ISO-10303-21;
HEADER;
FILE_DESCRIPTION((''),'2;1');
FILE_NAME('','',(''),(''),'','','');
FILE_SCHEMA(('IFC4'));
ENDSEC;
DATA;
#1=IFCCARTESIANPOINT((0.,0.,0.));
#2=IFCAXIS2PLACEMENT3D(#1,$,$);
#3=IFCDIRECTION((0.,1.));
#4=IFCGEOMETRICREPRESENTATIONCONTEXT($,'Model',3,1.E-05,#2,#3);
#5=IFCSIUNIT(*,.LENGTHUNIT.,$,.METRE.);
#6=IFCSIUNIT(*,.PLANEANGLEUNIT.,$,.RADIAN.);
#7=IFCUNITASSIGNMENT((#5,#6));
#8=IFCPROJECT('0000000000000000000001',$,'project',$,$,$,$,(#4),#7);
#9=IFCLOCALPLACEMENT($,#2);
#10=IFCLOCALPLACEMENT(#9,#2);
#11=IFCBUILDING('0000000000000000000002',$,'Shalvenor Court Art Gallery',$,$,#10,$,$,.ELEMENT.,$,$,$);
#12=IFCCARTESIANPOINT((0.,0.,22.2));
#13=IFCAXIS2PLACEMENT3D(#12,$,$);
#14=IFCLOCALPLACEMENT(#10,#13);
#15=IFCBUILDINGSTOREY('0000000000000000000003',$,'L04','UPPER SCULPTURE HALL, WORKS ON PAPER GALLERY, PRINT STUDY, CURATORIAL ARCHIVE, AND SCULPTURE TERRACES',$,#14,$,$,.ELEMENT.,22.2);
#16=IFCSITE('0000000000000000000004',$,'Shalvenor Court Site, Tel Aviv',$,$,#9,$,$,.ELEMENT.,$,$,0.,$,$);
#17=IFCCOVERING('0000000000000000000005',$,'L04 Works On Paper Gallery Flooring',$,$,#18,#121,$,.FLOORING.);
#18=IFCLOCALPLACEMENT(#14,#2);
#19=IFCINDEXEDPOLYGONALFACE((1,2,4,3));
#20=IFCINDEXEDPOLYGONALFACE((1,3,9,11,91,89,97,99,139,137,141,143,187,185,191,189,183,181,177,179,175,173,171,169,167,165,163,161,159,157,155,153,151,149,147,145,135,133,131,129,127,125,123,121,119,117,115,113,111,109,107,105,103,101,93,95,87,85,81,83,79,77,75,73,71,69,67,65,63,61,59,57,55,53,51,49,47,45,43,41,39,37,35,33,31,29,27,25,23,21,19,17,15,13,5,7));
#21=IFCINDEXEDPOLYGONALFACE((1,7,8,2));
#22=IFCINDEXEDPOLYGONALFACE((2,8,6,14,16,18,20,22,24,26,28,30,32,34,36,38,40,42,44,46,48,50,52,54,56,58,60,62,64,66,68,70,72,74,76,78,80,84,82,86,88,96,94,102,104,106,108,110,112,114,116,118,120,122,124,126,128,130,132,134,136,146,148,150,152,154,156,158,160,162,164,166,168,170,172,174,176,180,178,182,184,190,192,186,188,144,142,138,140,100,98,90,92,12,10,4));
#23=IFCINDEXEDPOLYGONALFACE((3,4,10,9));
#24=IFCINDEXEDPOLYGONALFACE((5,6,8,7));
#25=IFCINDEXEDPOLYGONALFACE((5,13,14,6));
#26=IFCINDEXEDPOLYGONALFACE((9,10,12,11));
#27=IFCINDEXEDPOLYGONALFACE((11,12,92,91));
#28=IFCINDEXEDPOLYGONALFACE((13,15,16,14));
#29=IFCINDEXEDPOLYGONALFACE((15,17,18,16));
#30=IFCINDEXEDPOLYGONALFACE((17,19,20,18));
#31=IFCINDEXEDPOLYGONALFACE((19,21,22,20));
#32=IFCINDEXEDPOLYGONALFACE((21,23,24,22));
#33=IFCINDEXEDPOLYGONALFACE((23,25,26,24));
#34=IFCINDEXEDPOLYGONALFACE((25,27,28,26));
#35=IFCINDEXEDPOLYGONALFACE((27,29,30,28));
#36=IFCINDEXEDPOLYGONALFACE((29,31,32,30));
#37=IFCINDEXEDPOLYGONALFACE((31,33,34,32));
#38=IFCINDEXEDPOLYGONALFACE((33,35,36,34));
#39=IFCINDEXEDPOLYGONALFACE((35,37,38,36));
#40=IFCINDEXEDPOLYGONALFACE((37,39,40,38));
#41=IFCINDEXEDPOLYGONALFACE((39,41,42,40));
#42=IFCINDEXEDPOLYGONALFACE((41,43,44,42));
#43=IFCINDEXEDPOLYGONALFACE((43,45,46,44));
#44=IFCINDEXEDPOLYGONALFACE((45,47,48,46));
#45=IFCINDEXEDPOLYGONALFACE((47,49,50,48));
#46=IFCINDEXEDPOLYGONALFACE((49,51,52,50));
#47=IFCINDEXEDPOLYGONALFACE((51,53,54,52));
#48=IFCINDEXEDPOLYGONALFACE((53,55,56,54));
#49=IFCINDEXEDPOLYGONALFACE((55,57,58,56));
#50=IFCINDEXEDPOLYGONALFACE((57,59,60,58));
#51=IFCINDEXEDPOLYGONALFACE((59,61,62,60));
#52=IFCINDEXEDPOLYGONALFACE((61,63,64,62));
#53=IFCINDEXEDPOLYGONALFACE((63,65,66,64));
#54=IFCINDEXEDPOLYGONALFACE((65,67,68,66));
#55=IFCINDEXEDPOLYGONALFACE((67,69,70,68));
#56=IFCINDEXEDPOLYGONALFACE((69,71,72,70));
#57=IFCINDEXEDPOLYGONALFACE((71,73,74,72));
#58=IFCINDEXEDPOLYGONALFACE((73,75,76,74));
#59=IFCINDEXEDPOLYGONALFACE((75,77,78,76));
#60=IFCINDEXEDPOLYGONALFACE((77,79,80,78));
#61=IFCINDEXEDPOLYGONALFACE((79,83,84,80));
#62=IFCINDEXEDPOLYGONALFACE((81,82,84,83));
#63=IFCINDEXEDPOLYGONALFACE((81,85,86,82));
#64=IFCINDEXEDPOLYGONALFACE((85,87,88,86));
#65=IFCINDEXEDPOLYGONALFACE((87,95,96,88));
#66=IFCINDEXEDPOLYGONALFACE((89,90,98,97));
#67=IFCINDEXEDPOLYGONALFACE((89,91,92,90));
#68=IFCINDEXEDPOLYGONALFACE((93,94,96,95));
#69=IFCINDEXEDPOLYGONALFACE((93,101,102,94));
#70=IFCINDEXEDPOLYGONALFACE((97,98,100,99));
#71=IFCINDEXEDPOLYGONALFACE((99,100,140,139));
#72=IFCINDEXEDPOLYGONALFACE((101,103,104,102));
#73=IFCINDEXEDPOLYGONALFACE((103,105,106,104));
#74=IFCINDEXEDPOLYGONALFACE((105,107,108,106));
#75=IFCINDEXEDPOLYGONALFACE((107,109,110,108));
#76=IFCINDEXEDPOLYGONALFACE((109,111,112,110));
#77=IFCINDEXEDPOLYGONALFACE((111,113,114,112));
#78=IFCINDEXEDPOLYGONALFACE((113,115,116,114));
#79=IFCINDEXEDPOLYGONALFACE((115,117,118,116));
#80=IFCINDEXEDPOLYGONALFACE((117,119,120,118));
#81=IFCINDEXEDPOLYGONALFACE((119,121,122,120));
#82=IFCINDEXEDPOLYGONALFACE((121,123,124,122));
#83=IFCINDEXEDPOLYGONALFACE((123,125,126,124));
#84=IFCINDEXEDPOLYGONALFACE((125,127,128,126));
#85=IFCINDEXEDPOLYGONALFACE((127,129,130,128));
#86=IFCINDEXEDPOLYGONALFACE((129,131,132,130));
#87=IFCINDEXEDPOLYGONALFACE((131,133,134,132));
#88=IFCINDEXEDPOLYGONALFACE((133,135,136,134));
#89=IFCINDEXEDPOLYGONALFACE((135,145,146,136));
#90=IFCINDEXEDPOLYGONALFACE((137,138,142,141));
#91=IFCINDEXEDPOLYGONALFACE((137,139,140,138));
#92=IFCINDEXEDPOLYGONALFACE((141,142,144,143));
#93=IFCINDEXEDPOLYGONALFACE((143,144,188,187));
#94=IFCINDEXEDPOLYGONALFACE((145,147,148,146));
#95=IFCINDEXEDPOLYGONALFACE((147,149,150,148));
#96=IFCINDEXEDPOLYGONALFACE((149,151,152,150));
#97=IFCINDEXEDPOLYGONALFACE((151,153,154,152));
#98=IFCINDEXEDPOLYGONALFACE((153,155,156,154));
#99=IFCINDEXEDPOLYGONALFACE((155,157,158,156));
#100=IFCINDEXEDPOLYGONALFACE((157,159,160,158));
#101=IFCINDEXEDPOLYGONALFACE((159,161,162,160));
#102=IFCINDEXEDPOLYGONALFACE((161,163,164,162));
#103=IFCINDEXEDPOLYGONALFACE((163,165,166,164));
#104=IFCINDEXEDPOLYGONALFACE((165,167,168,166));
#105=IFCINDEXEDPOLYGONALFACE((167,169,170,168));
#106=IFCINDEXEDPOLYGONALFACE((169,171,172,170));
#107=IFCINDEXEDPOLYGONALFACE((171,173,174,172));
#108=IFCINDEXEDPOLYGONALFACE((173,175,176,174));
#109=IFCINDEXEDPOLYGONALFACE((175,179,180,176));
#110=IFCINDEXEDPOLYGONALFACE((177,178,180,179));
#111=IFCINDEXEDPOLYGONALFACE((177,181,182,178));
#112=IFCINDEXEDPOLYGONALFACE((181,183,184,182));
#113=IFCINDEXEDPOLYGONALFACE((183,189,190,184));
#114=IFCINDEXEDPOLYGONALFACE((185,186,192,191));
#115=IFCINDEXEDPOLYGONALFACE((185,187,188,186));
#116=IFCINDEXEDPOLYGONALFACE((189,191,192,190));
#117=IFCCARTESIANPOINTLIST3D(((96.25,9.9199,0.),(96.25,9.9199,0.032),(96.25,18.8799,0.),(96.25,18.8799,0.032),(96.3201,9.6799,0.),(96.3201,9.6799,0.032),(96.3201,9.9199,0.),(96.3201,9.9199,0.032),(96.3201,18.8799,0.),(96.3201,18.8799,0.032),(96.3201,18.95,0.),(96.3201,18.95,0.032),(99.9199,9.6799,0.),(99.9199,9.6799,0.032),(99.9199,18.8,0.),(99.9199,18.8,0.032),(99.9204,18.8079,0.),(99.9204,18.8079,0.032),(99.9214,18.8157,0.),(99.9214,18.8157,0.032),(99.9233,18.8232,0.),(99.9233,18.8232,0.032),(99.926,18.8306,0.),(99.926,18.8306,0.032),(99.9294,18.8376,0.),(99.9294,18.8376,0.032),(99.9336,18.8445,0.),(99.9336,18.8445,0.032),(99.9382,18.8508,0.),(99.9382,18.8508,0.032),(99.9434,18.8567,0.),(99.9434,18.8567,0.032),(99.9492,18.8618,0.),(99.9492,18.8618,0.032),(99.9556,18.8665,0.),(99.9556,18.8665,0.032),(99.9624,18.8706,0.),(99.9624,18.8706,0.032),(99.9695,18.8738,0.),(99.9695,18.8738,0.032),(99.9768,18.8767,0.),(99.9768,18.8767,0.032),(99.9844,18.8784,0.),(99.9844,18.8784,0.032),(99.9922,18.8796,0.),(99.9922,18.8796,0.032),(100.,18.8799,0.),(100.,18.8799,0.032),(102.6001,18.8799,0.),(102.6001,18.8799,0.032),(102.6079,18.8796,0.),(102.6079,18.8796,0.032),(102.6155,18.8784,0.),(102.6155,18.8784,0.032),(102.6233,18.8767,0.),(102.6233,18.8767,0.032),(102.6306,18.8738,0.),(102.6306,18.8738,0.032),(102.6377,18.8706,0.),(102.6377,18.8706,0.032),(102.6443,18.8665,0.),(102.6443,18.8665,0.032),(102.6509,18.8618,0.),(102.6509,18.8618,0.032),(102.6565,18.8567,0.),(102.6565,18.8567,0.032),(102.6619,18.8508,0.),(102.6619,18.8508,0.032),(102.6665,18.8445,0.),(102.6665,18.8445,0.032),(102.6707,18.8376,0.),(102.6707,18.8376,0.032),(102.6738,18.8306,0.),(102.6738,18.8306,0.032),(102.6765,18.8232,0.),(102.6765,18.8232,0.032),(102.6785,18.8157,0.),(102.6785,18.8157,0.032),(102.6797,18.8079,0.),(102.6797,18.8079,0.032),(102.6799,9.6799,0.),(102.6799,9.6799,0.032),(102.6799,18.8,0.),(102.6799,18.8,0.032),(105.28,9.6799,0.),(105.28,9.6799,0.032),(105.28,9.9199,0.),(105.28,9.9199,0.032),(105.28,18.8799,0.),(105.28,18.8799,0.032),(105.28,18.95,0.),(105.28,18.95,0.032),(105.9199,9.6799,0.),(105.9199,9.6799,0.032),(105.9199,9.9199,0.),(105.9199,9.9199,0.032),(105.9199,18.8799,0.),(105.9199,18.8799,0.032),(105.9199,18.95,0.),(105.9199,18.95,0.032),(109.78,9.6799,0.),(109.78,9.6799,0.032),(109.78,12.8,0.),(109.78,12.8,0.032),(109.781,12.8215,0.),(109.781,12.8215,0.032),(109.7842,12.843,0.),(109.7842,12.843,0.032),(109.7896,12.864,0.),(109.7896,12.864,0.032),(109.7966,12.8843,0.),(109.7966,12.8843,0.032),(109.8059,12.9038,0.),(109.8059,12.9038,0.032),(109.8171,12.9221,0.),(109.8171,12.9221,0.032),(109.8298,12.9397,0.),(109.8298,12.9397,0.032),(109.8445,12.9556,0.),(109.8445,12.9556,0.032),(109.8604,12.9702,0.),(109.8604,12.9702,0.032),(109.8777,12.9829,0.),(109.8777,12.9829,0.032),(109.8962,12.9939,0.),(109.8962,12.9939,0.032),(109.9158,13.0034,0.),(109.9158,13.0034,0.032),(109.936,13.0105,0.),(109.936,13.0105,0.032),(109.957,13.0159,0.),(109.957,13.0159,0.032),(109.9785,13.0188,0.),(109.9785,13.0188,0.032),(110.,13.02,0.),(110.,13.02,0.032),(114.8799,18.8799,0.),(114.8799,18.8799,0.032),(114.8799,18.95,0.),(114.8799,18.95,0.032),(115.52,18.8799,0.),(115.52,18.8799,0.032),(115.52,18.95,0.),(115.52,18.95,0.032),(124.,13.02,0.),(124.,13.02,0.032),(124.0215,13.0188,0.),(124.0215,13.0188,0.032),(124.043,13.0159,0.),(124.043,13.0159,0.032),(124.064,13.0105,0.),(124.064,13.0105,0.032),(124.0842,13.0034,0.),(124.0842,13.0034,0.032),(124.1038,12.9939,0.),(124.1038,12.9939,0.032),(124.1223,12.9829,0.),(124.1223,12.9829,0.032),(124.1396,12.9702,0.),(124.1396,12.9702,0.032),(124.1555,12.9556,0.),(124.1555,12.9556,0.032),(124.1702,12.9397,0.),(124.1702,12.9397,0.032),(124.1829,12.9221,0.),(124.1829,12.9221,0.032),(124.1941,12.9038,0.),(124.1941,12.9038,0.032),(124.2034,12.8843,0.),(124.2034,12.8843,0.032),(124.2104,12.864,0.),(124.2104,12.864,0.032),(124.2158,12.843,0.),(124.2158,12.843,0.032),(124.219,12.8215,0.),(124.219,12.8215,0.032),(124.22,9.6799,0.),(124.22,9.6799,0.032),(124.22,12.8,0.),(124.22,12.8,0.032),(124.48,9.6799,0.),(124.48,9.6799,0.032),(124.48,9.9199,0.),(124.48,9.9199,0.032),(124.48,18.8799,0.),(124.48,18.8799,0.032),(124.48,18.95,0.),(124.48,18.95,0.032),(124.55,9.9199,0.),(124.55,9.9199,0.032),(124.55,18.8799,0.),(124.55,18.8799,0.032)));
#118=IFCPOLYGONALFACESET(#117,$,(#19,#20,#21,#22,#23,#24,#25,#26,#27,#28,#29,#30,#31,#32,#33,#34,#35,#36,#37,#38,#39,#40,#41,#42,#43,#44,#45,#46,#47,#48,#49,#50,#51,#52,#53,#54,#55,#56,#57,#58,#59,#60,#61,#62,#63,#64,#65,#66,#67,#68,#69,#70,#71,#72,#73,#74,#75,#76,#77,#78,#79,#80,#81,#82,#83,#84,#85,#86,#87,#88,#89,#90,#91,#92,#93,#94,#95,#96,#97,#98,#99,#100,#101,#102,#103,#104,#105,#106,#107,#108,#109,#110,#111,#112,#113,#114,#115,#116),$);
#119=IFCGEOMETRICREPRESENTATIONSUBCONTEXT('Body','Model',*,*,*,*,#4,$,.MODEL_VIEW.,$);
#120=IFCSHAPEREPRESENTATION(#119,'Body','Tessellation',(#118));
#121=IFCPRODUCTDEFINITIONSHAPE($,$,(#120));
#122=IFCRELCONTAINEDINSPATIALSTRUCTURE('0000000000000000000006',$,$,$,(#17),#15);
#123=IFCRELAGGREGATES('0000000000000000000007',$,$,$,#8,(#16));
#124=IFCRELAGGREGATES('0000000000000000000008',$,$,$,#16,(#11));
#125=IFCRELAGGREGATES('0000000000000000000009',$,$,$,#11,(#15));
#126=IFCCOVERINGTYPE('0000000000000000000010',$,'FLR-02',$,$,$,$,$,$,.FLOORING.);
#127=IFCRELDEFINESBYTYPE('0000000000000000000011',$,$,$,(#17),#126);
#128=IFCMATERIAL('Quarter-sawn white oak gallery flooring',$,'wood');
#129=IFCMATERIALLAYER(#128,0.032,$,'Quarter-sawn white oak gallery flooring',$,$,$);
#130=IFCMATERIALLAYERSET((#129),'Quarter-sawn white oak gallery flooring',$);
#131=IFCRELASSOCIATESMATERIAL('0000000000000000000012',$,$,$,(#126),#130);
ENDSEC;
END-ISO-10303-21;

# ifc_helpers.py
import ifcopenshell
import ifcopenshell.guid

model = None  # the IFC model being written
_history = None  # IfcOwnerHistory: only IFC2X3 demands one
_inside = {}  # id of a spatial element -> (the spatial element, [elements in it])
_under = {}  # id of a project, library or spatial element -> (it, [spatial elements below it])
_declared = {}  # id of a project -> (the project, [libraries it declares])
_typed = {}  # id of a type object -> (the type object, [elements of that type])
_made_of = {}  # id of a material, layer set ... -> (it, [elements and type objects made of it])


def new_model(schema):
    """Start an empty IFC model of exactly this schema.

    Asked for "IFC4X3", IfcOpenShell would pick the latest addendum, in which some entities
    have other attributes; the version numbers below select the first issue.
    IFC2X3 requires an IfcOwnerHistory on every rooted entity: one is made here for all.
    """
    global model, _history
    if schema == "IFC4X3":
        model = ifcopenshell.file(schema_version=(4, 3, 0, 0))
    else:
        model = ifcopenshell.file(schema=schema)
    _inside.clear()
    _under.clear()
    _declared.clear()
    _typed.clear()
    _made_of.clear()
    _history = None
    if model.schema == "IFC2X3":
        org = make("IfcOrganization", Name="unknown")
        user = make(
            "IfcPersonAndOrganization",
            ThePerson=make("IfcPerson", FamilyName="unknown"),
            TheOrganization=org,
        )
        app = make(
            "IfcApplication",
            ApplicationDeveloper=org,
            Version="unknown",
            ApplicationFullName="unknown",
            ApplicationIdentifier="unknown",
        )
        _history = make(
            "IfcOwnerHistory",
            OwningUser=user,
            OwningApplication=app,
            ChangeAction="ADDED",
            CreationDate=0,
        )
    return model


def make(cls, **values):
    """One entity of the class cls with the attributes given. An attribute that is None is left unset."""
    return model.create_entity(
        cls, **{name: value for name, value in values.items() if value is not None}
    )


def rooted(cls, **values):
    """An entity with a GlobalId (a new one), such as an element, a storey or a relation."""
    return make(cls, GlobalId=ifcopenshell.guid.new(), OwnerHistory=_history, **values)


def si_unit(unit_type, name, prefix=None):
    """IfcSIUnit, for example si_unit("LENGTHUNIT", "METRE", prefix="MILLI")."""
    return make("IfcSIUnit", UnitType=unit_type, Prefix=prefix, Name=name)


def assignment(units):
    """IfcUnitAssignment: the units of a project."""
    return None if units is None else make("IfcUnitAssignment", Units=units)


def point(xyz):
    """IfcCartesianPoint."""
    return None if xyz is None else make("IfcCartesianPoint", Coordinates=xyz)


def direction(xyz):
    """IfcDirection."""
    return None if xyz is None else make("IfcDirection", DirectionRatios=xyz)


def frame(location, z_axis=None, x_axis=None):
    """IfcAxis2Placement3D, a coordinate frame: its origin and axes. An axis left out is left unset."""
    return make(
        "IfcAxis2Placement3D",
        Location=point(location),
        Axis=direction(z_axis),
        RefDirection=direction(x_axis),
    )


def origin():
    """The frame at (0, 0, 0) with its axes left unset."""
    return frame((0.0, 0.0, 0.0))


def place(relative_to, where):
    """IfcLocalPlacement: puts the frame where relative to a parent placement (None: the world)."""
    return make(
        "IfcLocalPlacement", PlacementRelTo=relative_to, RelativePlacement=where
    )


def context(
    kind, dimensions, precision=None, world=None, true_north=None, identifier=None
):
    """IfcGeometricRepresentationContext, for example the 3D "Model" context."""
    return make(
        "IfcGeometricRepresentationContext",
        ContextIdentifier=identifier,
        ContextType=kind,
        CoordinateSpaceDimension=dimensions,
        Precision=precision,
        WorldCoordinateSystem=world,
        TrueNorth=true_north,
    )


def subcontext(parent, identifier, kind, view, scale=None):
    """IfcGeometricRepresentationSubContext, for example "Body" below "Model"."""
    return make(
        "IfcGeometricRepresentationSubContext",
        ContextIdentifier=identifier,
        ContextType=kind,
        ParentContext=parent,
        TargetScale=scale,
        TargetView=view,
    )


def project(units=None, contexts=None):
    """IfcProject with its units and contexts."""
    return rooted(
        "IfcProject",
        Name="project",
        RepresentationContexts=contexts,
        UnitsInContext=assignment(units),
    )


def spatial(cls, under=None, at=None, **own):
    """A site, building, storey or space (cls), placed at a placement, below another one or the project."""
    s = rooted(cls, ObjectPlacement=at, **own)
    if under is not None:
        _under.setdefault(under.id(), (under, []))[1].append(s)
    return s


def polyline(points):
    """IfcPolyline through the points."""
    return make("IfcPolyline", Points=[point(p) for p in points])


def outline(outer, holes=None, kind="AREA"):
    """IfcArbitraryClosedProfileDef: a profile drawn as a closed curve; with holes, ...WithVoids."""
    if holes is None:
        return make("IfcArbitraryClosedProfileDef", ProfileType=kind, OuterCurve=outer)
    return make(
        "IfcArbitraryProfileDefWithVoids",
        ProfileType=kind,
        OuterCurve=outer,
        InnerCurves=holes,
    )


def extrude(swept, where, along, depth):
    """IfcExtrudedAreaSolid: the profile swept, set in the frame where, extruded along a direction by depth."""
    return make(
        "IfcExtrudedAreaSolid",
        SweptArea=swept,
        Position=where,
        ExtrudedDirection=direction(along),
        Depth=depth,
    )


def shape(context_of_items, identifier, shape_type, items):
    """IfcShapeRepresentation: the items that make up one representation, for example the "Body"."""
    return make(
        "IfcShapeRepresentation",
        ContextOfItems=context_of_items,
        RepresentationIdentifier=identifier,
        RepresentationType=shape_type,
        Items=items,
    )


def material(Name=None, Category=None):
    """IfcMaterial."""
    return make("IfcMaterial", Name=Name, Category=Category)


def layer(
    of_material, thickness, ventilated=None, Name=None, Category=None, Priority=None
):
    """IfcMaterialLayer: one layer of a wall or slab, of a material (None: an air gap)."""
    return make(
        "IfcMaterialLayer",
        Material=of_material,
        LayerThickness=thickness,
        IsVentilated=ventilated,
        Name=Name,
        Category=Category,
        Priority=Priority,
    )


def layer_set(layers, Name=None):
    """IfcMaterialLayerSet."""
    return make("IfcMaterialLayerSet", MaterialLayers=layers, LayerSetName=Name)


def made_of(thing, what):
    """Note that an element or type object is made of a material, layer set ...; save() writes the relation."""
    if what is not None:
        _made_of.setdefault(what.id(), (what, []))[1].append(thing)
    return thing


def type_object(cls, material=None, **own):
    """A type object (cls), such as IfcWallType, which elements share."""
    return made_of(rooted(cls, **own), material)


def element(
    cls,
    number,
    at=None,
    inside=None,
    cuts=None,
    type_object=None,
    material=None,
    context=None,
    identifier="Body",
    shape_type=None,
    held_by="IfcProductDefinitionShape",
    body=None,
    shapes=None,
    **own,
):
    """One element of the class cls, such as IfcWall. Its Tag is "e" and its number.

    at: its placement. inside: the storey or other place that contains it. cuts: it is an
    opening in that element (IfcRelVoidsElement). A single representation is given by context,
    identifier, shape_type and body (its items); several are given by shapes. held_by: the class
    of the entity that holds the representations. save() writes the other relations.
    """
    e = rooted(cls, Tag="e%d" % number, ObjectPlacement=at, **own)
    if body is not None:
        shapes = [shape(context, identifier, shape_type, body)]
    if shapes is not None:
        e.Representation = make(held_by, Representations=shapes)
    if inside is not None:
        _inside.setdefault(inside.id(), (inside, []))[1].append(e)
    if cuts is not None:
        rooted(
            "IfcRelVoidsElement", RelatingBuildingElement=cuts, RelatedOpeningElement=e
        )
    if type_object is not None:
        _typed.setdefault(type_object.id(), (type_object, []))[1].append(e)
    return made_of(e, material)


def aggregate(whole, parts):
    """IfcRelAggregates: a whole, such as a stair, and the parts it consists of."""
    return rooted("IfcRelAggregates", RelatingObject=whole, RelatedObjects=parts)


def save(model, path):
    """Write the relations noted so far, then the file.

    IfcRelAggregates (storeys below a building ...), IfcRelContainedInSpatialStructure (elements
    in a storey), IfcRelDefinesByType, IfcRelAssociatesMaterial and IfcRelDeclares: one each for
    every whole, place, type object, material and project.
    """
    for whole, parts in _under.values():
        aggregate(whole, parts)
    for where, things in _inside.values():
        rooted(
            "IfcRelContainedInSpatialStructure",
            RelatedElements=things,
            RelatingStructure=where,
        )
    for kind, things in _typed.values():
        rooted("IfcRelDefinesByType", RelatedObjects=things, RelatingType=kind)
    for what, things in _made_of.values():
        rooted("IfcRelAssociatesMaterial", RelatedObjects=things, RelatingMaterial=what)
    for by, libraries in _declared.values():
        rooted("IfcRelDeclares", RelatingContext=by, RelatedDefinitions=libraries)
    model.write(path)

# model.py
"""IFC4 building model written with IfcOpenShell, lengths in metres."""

from ifc_helpers import new_model, si_unit, direction, frame, origin, place, context, subcontext, project, spatial, polyline, outline, extrude, material, layer, layer_set, type_object, element, save


model = new_model("IFC4")

# Units and contexts
model_context = context("Model", 3, precision=1e-05, world=origin(), true_north=direction((0.0, 1.0)))
body_context = subcontext(model_context, "Body", "Model", "MODEL_VIEW")
ifc_project = project(units=[si_unit("LENGTHUNIT", "METRE"), si_unit("PLANEANGLEUNIT", "RADIAN")], contexts=[model_context])

# Site, building, storey
site_placement = place(None, origin())
site = spatial("IfcSite", under=ifc_project, at=site_placement, Name="Shalvenor Court Site, Tel Aviv", CompositionType="ELEMENT", RefElevation=0.0)
building_placement = place(site_placement, origin())
building = spatial("IfcBuilding", under=site, at=building_placement, Name="Shalvenor Court Art Gallery", CompositionType="ELEMENT")
storey_placement = place(building_placement, frame((0.0, 0.0, 22.2)))
storey = spatial("IfcBuildingStorey", under=building, at=storey_placement, Name="L04", Description="UPPER SCULPTURE HALL, WORKS ON PAPER GALLERY, PRINT STUDY, CURATORIAL ARCHIVE, AND SCULPTURE TERRACES", CompositionType="ELEMENT", Elevation=22.2)

# Covering
ifc_material_1 = material(Name="Quarter-sawn white oak gallery flooring", Category="wood")
ifc_layer_1 = layer(ifc_material_1, 0.032, Name="Quarter-sawn white oak gallery flooring")
ifc_layer_set_1 = layer_set([ifc_layer_1], Name="Quarter-sawn white oak gallery flooring")
covering_type_1 = type_object("IfcCoveringType", Name="FLR-02", PredefinedType="FLOORING", material=ifc_layer_set_1)
covering_1_placement = place(storey_placement, origin())
element("IfcCovering", 1, at=covering_1_placement, inside=storey, type_object=covering_type_1, Name="L04 Works On Paper Gallery Flooring", PredefinedType="FLOORING", context=body_context, shape_type="SweptSolid", body=[
    extrude(outline(polyline([(124.55, 9.9199), (124.48, 9.9199), (124.48, 9.6799), (124.22, 9.6799), (124.22, 12.8), (124.219, 12.8215), (124.2158, 12.843), (124.2104, 12.864), (124.2034, 12.8843), (124.1941, 12.9038), (124.1829, 12.9221), (124.1702, 12.9397), (124.1555, 12.9556), (124.1396, 12.9702), (124.1223, 12.9829), (124.1038, 12.9939), (124.0842, 13.0034), (124.064, 13.0105), (124.043, 13.0159), (124.0215, 13.0188), (124.0, 13.02), (110.0, 13.02), (109.9785, 13.0188), (109.957, 13.0159), (109.936, 13.0105), (109.9158, 13.0034), (109.8962, 12.9939), (109.8777, 12.9829), (109.8604, 12.9702), (109.8445, 12.9556), (109.8298, 12.9397), (109.8171, 12.9221), (109.8059, 12.9038), (109.7966, 12.8843), (109.7896, 12.864), (109.7842, 12.843), (109.781, 12.8215), (109.78, 12.8), (109.78, 9.6799), (105.9199, 9.6799), (105.9199, 9.9199), (105.28, 9.9199), (105.28, 9.6799), (102.6799, 9.6799), (102.6799, 18.8), (102.6797, 18.8079), (102.6785, 18.8157), (102.6765, 18.8232), (102.6738, 18.8306), (102.6707, 18.8376), (102.6665, 18.8445), (102.6619, 18.8508), (102.6565, 18.8567), (102.6509, 18.8618), (102.6443, 18.8665), (102.6377, 18.8706), (102.6306, 18.8738), (102.6233, 18.8767), (102.6155, 18.8784), (102.6079, 18.8796), (102.6001, 18.8799), (100.0, 18.8799), (99.9922, 18.8796), (99.9844, 18.8784), (99.9768, 18.8767), (99.9695, 18.8738), (99.9624, 18.8706), (99.9556, 18.8665), (99.9492, 18.8618), (99.9434, 18.8567), (99.9382, 18.8508), (99.9336, 18.8445), (99.9294, 18.8376), (99.926, 18.8306), (99.9233, 18.8232), (99.9214, 18.8157), (99.9204, 18.8079), (99.9199, 18.8), (99.9199, 9.6799), (96.3201, 9.6799), (96.3201, 9.9199), (96.25, 9.9199), (96.25, 18.8799), (96.3201, 18.8799), (96.3201, 18.95), (105.28, 18.95), (105.28, 18.8799), (105.9199, 18.8799), (105.9199, 18.95), (114.8799, 18.95), (114.8799, 18.8799), (115.52, 18.8799), (115.52, 18.95), (124.48, 18.95), (124.48, 18.8799), (124.55, 18.8799), (124.55, 9.9199)])), origin(), (0.0, 0.0, 1.0), 0.032),
])

save(model, "model.ifc")
